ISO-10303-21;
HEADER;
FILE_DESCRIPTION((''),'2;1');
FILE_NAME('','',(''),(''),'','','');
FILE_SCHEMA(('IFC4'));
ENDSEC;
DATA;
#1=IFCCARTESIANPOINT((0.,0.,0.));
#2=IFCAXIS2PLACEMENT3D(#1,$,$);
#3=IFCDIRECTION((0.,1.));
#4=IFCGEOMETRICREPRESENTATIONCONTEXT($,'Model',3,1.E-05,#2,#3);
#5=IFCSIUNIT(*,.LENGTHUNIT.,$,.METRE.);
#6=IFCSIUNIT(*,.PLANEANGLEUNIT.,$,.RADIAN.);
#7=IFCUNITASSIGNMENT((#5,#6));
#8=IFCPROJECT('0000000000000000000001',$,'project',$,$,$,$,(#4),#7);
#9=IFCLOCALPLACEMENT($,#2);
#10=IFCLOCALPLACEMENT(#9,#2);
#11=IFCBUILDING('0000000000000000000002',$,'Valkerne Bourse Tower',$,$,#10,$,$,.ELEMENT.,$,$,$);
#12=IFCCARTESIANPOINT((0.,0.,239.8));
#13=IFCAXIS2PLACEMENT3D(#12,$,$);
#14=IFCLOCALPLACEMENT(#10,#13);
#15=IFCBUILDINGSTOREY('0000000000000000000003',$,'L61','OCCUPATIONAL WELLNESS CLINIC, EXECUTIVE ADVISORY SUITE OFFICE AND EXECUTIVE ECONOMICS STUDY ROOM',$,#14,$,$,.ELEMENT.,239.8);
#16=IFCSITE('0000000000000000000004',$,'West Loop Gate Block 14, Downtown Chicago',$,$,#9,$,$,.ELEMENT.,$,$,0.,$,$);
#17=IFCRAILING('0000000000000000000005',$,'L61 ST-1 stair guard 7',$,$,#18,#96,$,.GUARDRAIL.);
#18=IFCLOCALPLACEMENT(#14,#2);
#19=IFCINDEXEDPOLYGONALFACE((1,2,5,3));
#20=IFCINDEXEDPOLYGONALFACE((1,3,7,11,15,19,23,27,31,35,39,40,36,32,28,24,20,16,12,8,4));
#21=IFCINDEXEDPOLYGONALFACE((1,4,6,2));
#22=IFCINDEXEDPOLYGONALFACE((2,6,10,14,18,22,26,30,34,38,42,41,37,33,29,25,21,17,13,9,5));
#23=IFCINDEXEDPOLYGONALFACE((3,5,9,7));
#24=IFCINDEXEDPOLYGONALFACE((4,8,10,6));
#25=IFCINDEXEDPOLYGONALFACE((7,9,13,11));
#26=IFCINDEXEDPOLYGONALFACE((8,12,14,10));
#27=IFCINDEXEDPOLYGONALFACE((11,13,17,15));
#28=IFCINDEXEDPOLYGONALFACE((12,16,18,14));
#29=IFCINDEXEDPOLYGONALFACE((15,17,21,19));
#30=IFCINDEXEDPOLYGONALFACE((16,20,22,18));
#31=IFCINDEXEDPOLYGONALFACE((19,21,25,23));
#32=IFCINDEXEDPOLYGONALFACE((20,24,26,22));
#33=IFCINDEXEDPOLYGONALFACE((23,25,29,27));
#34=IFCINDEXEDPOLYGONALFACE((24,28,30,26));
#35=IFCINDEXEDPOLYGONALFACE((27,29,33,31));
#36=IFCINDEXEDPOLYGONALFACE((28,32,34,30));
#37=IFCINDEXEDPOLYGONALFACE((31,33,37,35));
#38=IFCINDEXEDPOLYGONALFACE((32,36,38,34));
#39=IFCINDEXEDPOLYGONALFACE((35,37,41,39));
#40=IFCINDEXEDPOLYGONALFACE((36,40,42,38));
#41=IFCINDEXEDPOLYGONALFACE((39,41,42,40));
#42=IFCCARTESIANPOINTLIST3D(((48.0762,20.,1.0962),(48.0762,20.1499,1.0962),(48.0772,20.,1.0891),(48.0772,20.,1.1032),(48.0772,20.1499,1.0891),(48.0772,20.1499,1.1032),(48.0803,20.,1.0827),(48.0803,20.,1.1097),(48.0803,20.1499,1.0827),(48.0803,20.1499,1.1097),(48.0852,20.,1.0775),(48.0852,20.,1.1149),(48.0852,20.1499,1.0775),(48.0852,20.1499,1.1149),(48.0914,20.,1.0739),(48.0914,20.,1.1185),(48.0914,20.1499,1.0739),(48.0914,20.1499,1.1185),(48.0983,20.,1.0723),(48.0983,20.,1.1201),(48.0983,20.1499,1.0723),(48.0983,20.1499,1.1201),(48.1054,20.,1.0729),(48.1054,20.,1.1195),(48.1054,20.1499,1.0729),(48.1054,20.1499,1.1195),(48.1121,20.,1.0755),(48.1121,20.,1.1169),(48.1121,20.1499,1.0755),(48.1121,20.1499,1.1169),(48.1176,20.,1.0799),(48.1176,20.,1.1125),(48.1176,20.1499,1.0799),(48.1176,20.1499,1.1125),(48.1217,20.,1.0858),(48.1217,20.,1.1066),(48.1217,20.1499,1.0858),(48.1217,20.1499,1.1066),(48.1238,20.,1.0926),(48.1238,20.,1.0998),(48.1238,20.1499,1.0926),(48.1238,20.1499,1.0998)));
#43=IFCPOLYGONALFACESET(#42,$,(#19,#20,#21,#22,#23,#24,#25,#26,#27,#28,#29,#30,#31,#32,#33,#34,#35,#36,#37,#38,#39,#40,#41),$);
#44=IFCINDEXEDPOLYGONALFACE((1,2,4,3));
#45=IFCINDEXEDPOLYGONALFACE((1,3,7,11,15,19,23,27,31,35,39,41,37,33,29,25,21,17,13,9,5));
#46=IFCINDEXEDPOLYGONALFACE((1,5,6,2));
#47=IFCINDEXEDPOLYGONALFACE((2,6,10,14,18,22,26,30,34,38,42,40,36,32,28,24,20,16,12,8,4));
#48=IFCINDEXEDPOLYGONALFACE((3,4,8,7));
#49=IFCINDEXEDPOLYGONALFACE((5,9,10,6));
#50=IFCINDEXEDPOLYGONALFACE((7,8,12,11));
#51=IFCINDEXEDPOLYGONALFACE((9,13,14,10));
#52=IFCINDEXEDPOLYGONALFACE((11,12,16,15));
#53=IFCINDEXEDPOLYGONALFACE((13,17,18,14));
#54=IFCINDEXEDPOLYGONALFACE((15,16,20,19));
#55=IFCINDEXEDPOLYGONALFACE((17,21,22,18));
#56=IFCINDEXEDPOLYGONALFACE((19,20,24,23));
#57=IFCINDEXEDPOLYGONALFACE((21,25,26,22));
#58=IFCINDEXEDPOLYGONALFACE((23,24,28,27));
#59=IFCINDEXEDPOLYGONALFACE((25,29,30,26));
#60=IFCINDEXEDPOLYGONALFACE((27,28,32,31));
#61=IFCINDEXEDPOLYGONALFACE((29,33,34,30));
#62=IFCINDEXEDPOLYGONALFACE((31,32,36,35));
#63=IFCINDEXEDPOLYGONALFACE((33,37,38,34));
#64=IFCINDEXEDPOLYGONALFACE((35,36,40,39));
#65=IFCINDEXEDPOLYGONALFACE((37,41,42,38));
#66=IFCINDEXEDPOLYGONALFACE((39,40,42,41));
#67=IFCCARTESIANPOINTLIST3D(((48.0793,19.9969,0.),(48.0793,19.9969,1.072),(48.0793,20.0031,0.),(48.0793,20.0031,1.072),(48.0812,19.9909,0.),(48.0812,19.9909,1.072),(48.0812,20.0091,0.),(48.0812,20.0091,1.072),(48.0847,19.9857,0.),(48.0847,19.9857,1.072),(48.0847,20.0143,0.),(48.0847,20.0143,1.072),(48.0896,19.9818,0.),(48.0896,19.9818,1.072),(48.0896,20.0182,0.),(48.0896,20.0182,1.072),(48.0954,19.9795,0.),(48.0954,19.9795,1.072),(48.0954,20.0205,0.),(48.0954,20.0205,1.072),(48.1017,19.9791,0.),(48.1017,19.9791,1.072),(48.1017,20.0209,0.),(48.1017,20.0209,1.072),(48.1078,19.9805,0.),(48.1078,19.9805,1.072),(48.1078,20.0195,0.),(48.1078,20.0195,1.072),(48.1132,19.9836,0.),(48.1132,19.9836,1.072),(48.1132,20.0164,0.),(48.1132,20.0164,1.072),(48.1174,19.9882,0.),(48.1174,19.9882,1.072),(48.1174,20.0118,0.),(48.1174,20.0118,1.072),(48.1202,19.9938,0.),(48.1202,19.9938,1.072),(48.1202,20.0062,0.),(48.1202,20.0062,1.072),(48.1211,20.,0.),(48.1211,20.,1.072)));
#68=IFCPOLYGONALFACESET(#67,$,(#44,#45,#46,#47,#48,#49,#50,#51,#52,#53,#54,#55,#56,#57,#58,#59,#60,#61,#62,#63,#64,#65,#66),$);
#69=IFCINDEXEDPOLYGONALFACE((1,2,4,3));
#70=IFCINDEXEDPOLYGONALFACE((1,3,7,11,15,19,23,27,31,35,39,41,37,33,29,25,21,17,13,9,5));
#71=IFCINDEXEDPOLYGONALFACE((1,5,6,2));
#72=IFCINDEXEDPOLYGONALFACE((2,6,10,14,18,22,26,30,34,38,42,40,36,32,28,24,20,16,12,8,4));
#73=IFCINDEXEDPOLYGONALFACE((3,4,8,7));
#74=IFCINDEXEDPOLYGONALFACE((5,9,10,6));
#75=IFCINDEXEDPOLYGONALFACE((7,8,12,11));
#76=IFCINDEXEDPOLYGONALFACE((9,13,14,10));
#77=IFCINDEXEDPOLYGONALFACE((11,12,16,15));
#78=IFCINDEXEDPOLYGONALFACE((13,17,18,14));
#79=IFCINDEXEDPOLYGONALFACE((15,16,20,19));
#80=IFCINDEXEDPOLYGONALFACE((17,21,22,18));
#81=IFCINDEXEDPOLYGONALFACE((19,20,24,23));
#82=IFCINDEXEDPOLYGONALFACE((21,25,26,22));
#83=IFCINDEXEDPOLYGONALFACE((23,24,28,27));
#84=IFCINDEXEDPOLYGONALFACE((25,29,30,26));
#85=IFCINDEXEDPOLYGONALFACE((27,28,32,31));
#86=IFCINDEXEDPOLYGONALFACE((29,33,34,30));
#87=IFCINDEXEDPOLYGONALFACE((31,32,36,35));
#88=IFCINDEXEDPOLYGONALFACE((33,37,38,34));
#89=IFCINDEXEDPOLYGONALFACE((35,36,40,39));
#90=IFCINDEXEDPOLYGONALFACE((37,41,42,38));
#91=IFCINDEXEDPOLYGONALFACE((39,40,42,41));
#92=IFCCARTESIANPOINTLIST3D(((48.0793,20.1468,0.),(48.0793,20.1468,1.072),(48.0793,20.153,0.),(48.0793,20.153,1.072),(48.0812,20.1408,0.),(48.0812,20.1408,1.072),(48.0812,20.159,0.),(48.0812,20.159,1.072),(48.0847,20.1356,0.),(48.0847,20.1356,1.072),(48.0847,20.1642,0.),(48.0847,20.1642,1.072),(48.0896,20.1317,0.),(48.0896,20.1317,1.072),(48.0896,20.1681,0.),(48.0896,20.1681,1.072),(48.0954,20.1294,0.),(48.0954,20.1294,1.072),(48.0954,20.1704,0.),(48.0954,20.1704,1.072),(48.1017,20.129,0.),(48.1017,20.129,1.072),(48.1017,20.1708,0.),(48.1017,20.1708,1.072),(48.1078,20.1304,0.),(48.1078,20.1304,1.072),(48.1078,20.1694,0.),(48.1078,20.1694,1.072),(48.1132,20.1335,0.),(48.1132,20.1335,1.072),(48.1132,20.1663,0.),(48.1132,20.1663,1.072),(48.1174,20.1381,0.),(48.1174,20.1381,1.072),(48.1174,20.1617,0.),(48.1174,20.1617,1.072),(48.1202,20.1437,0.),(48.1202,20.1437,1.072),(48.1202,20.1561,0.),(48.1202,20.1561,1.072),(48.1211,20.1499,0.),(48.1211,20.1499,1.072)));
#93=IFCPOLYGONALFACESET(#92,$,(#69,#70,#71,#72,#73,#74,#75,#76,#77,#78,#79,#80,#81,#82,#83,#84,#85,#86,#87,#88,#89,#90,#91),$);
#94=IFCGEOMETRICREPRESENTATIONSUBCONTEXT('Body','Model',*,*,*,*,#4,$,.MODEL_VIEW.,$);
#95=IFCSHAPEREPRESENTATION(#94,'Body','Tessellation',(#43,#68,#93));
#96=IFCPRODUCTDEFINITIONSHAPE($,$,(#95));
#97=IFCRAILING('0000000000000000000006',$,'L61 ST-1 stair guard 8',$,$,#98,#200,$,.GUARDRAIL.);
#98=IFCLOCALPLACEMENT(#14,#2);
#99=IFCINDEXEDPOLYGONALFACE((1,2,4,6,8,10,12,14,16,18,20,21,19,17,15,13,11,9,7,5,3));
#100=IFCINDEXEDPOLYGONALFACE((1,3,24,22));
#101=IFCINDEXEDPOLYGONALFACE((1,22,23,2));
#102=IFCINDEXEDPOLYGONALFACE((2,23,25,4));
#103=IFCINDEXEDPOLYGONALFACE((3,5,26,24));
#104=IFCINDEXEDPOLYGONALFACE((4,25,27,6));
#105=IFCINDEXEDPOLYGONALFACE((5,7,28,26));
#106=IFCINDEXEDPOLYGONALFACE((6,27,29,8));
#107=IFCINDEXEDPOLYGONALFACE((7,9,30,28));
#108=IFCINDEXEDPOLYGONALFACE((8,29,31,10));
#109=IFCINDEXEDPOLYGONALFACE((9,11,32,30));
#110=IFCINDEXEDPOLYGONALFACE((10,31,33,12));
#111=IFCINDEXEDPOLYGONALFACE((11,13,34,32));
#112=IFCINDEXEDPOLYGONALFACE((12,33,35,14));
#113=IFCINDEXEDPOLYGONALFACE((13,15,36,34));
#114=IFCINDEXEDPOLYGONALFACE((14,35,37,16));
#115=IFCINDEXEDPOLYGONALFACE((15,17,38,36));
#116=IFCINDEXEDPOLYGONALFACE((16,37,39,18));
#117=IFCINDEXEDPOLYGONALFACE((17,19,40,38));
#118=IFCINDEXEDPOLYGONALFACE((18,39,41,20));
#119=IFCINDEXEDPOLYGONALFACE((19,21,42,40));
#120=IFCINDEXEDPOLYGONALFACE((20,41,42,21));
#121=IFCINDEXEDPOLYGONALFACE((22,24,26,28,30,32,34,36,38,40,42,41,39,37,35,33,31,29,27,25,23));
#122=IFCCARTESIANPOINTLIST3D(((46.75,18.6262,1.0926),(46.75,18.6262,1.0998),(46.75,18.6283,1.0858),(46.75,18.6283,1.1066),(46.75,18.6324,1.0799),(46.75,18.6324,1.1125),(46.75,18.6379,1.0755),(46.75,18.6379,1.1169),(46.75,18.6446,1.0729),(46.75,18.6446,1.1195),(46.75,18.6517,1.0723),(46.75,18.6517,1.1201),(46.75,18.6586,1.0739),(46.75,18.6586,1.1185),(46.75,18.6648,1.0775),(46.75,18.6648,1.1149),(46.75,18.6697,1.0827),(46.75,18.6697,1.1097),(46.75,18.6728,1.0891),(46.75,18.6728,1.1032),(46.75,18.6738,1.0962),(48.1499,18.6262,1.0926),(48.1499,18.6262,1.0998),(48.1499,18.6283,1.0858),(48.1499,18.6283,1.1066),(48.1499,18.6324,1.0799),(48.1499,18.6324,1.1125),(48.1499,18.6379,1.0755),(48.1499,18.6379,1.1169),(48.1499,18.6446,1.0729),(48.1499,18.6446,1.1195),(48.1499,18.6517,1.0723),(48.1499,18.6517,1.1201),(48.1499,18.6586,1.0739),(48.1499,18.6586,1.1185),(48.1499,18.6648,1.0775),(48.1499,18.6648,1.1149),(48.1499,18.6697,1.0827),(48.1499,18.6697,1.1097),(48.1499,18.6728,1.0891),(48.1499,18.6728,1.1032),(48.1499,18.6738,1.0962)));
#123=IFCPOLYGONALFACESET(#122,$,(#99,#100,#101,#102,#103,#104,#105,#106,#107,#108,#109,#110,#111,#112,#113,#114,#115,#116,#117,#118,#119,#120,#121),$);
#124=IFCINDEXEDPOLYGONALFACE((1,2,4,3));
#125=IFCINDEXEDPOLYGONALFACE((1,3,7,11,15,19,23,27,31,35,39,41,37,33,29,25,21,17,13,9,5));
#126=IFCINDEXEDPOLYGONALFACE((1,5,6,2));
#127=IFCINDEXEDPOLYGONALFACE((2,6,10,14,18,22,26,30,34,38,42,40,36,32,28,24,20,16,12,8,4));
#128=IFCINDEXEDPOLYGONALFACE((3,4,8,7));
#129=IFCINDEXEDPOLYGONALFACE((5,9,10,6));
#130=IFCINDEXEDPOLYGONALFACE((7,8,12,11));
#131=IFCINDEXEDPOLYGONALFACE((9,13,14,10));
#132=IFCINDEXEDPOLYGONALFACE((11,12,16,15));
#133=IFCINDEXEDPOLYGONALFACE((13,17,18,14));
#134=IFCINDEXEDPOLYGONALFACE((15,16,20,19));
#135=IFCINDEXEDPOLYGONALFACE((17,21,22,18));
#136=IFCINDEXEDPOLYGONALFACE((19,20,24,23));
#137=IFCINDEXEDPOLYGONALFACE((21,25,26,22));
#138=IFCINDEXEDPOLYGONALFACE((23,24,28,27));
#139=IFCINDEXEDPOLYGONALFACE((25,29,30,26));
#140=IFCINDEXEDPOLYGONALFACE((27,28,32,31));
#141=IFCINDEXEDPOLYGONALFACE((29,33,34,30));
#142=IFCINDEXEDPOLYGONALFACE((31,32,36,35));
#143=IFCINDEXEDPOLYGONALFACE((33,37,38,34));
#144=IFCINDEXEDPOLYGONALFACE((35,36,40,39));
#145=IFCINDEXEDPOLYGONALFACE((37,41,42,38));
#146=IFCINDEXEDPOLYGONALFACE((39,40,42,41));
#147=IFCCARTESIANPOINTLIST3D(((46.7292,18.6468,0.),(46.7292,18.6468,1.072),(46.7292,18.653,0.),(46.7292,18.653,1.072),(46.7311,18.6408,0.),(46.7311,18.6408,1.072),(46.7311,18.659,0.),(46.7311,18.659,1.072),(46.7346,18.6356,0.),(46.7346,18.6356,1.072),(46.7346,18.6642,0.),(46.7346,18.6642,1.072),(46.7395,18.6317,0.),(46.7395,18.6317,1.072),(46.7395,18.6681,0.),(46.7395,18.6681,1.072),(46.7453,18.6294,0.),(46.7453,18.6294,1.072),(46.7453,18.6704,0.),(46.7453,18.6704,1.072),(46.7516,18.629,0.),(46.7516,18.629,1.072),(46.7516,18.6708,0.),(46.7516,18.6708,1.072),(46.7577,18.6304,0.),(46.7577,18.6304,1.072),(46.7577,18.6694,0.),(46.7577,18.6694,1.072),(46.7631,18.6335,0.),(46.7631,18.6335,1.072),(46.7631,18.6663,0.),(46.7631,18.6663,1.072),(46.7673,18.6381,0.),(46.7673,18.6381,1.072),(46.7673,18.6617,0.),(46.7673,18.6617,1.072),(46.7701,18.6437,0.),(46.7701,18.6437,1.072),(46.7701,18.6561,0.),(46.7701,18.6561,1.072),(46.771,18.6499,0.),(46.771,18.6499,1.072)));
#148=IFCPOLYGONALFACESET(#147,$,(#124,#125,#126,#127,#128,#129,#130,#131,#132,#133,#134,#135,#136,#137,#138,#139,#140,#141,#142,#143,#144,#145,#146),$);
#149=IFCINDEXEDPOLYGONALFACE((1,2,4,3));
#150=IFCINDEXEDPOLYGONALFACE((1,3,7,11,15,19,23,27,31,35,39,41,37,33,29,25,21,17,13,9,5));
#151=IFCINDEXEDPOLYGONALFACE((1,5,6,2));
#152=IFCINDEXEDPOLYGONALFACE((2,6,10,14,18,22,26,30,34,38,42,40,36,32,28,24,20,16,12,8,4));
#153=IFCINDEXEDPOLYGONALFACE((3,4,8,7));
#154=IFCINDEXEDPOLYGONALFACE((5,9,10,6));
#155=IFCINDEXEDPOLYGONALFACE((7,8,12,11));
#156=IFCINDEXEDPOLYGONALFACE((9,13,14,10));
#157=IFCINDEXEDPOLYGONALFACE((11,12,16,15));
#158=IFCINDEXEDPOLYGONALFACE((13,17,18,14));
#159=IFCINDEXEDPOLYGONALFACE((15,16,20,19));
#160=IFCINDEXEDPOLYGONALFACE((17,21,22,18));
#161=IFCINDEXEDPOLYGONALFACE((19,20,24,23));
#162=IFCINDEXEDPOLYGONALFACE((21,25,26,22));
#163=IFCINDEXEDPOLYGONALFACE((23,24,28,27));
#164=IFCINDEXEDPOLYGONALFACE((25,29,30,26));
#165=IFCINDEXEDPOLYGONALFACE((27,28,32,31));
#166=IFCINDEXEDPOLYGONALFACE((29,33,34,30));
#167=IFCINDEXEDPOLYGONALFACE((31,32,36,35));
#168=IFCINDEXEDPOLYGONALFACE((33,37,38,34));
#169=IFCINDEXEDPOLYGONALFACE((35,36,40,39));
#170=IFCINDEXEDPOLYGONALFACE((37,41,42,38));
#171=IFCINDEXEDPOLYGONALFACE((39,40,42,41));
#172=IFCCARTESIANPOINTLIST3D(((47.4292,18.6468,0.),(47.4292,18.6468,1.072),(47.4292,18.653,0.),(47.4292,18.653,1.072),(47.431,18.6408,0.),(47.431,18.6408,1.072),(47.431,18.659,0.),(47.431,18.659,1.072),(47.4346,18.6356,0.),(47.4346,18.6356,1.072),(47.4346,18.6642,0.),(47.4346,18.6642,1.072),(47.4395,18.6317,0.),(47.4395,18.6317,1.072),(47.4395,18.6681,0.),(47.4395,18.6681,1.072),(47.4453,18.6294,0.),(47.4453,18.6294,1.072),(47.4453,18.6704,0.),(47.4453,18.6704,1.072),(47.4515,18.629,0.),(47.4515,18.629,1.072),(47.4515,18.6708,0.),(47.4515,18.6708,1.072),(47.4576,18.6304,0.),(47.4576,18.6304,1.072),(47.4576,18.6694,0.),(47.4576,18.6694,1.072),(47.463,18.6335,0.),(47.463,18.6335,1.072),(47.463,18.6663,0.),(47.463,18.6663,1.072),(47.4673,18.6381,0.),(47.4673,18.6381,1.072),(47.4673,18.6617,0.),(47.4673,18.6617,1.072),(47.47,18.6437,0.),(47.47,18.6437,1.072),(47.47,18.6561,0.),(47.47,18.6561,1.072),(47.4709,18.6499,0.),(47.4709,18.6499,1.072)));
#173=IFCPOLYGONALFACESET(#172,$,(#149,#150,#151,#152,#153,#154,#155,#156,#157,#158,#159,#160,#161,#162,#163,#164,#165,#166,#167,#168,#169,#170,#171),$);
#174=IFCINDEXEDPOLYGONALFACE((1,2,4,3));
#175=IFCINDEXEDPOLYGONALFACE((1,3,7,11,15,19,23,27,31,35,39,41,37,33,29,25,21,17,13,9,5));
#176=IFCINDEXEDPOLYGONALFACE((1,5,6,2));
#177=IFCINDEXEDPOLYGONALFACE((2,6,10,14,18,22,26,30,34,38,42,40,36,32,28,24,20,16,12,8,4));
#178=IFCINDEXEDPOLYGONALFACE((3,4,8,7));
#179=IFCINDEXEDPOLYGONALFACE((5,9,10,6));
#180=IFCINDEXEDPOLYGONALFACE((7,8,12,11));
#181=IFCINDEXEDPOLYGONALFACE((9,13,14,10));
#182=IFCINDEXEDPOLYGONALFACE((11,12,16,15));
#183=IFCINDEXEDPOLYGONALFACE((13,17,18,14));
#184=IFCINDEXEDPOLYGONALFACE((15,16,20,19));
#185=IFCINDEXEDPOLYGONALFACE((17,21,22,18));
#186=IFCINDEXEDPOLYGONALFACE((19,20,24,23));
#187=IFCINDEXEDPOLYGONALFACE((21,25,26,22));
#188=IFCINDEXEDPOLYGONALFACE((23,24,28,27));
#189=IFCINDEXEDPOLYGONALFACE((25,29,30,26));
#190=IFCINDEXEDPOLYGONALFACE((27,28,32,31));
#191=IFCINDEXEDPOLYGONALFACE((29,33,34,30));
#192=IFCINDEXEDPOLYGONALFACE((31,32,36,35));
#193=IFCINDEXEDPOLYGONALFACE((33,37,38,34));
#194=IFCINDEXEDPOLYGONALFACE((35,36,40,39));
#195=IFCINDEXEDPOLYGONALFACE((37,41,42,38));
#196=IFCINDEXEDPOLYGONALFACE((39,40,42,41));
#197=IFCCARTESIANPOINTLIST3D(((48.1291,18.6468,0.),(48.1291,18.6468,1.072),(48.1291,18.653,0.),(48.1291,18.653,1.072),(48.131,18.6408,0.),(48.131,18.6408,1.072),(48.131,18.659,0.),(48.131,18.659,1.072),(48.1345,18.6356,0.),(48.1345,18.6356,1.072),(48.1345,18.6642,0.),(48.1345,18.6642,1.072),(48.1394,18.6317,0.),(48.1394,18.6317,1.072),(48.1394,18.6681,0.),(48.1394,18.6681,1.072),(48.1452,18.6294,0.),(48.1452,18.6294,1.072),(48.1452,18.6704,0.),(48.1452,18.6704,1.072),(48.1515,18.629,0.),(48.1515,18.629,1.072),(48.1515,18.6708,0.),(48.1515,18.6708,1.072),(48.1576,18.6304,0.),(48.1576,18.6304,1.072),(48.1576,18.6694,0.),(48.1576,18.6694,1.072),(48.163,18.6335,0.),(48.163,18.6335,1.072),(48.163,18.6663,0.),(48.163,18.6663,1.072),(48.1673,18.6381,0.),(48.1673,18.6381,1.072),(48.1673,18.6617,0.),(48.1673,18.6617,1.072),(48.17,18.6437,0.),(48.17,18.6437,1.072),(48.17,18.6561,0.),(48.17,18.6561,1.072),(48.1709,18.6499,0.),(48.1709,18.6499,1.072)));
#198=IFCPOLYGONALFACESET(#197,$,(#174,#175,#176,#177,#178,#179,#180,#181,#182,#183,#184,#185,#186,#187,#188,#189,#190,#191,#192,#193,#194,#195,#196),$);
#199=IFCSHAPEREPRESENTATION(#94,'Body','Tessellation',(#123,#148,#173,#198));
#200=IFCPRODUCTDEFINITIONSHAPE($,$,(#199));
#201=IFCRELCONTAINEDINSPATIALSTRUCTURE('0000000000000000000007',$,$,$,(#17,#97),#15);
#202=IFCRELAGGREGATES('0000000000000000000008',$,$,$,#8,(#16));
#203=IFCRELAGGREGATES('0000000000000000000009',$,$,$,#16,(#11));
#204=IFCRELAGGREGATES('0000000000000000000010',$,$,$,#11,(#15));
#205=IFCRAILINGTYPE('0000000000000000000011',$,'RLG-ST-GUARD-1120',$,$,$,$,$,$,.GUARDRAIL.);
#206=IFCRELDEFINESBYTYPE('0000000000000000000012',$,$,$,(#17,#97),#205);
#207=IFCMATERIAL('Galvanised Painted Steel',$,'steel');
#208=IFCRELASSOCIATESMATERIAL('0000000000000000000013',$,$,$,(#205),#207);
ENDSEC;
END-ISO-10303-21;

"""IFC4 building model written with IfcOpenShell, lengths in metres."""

from ifc_helpers import new_model, si_unit, direction, frame, origin, origin_2d, place, context, subcontext, project, spatial, circle, extrude, material, type_object, element, save


model = new_model("IFC4")

# Units and contexts
model_context = context("Model", 3, precision=1e-05, world=origin(), true_north=direction((0.0, 1.0)))
body_context = subcontext(model_context, "Body", "Model", "MODEL_VIEW")
ifc_project = project(units=[si_unit("LENGTHUNIT", "METRE"), si_unit("PLANEANGLEUNIT", "RADIAN")], contexts=[model_context])

# Site, building, storey
site_placement = place(None, origin())
site = spatial("IfcSite", under=ifc_project, at=site_placement, Name="West Loop Gate Block 14, Downtown Chicago", CompositionType="ELEMENT", RefElevation=0.0)
building_placement = place(site_placement, origin())
building = spatial("IfcBuilding", under=site, at=building_placement, Name="Valkerne Bourse Tower", CompositionType="ELEMENT")
storey_placement = place(building_placement, frame((0.0, 0.0, 239.8)))
storey = spatial("IfcBuildingStorey", under=building, at=storey_placement, Name="L61", Description="OCCUPATIONAL WELLNESS CLINIC, EXECUTIVE ADVISORY SUITE OFFICE AND EXECUTIVE ECONOMICS STUDY ROOM", CompositionType="ELEMENT", Elevation=239.8)

# Shared definitions
ifc_material_1 = material(Name="Galvanised Painted Steel", Category="steel")

# Railings
railing_type_1 = type_object("IfcRailingType", Name="RLG-ST-GUARD-1120", PredefinedType="GUARDRAIL", material=ifc_material_1)
railing_1_placement = place(storey_placement, frame((48.1001, 20.0, 0.0)))
element("IfcRailing", 1, at=railing_1_placement, inside=storey, type_object=railing_type_1, Name="L61 ST-1 stair guard 7", PredefinedType="GUARDRAIL", context=body_context, shape_type="SweptSolid", body=[
    extrude(circle(Radius=0.0239, at=origin_2d()), frame((0.0, 0.0, 1.0962), z_axis=(0.0, 1.0, 0.0), x_axis=(-1.0, 0.0, 0.0)), (0.0, 0.0, 1.0), 0.1499),
    extrude(circle(Radius=0.021, at=origin_2d()), origin(), (0.0, 0.0, 1.0), 1.072),
    extrude(circle(Radius=0.021, at=origin_2d()), frame((0.0, 0.1499, 0.0)), (0.0, 0.0, 1.0), 1.072),
])
for number, where, name in (
    (2, (46.75, 18.6499, 0.0), "L61 ST-1 stair guard 8"),
):
    element("IfcRailing", number, at=place(storey_placement, frame(where)), inside=storey, type_object=railing_type_1, Name=name, PredefinedType="GUARDRAIL", context=body_context, shape_type="SweptSolid", body=[
        extrude(circle(Radius=0.0239, at=origin_2d()), frame((0.0, 0.0, 1.0962), z_axis=(1.0, 0.0, 0.0), x_axis=(0.0, 1.0, 0.0)), (0.0, 0.0, 1.0), 1.3999),
        extrude(circle(Radius=0.021, at=origin_2d()), origin(), (0.0, 0.0, 1.0), 1.072),
        extrude(circle(Radius=0.021, at=origin_2d()), frame((0.7, 0.0, 0.0)), (0.0, 0.0, 1.0), 1.072),
        extrude(circle(Radius=0.021, at=origin_2d()), frame((1.3999, 0.0, 0.0)), (0.0, 0.0, 1.0), 1.072),
    ])

save(model, "model.ifc")
